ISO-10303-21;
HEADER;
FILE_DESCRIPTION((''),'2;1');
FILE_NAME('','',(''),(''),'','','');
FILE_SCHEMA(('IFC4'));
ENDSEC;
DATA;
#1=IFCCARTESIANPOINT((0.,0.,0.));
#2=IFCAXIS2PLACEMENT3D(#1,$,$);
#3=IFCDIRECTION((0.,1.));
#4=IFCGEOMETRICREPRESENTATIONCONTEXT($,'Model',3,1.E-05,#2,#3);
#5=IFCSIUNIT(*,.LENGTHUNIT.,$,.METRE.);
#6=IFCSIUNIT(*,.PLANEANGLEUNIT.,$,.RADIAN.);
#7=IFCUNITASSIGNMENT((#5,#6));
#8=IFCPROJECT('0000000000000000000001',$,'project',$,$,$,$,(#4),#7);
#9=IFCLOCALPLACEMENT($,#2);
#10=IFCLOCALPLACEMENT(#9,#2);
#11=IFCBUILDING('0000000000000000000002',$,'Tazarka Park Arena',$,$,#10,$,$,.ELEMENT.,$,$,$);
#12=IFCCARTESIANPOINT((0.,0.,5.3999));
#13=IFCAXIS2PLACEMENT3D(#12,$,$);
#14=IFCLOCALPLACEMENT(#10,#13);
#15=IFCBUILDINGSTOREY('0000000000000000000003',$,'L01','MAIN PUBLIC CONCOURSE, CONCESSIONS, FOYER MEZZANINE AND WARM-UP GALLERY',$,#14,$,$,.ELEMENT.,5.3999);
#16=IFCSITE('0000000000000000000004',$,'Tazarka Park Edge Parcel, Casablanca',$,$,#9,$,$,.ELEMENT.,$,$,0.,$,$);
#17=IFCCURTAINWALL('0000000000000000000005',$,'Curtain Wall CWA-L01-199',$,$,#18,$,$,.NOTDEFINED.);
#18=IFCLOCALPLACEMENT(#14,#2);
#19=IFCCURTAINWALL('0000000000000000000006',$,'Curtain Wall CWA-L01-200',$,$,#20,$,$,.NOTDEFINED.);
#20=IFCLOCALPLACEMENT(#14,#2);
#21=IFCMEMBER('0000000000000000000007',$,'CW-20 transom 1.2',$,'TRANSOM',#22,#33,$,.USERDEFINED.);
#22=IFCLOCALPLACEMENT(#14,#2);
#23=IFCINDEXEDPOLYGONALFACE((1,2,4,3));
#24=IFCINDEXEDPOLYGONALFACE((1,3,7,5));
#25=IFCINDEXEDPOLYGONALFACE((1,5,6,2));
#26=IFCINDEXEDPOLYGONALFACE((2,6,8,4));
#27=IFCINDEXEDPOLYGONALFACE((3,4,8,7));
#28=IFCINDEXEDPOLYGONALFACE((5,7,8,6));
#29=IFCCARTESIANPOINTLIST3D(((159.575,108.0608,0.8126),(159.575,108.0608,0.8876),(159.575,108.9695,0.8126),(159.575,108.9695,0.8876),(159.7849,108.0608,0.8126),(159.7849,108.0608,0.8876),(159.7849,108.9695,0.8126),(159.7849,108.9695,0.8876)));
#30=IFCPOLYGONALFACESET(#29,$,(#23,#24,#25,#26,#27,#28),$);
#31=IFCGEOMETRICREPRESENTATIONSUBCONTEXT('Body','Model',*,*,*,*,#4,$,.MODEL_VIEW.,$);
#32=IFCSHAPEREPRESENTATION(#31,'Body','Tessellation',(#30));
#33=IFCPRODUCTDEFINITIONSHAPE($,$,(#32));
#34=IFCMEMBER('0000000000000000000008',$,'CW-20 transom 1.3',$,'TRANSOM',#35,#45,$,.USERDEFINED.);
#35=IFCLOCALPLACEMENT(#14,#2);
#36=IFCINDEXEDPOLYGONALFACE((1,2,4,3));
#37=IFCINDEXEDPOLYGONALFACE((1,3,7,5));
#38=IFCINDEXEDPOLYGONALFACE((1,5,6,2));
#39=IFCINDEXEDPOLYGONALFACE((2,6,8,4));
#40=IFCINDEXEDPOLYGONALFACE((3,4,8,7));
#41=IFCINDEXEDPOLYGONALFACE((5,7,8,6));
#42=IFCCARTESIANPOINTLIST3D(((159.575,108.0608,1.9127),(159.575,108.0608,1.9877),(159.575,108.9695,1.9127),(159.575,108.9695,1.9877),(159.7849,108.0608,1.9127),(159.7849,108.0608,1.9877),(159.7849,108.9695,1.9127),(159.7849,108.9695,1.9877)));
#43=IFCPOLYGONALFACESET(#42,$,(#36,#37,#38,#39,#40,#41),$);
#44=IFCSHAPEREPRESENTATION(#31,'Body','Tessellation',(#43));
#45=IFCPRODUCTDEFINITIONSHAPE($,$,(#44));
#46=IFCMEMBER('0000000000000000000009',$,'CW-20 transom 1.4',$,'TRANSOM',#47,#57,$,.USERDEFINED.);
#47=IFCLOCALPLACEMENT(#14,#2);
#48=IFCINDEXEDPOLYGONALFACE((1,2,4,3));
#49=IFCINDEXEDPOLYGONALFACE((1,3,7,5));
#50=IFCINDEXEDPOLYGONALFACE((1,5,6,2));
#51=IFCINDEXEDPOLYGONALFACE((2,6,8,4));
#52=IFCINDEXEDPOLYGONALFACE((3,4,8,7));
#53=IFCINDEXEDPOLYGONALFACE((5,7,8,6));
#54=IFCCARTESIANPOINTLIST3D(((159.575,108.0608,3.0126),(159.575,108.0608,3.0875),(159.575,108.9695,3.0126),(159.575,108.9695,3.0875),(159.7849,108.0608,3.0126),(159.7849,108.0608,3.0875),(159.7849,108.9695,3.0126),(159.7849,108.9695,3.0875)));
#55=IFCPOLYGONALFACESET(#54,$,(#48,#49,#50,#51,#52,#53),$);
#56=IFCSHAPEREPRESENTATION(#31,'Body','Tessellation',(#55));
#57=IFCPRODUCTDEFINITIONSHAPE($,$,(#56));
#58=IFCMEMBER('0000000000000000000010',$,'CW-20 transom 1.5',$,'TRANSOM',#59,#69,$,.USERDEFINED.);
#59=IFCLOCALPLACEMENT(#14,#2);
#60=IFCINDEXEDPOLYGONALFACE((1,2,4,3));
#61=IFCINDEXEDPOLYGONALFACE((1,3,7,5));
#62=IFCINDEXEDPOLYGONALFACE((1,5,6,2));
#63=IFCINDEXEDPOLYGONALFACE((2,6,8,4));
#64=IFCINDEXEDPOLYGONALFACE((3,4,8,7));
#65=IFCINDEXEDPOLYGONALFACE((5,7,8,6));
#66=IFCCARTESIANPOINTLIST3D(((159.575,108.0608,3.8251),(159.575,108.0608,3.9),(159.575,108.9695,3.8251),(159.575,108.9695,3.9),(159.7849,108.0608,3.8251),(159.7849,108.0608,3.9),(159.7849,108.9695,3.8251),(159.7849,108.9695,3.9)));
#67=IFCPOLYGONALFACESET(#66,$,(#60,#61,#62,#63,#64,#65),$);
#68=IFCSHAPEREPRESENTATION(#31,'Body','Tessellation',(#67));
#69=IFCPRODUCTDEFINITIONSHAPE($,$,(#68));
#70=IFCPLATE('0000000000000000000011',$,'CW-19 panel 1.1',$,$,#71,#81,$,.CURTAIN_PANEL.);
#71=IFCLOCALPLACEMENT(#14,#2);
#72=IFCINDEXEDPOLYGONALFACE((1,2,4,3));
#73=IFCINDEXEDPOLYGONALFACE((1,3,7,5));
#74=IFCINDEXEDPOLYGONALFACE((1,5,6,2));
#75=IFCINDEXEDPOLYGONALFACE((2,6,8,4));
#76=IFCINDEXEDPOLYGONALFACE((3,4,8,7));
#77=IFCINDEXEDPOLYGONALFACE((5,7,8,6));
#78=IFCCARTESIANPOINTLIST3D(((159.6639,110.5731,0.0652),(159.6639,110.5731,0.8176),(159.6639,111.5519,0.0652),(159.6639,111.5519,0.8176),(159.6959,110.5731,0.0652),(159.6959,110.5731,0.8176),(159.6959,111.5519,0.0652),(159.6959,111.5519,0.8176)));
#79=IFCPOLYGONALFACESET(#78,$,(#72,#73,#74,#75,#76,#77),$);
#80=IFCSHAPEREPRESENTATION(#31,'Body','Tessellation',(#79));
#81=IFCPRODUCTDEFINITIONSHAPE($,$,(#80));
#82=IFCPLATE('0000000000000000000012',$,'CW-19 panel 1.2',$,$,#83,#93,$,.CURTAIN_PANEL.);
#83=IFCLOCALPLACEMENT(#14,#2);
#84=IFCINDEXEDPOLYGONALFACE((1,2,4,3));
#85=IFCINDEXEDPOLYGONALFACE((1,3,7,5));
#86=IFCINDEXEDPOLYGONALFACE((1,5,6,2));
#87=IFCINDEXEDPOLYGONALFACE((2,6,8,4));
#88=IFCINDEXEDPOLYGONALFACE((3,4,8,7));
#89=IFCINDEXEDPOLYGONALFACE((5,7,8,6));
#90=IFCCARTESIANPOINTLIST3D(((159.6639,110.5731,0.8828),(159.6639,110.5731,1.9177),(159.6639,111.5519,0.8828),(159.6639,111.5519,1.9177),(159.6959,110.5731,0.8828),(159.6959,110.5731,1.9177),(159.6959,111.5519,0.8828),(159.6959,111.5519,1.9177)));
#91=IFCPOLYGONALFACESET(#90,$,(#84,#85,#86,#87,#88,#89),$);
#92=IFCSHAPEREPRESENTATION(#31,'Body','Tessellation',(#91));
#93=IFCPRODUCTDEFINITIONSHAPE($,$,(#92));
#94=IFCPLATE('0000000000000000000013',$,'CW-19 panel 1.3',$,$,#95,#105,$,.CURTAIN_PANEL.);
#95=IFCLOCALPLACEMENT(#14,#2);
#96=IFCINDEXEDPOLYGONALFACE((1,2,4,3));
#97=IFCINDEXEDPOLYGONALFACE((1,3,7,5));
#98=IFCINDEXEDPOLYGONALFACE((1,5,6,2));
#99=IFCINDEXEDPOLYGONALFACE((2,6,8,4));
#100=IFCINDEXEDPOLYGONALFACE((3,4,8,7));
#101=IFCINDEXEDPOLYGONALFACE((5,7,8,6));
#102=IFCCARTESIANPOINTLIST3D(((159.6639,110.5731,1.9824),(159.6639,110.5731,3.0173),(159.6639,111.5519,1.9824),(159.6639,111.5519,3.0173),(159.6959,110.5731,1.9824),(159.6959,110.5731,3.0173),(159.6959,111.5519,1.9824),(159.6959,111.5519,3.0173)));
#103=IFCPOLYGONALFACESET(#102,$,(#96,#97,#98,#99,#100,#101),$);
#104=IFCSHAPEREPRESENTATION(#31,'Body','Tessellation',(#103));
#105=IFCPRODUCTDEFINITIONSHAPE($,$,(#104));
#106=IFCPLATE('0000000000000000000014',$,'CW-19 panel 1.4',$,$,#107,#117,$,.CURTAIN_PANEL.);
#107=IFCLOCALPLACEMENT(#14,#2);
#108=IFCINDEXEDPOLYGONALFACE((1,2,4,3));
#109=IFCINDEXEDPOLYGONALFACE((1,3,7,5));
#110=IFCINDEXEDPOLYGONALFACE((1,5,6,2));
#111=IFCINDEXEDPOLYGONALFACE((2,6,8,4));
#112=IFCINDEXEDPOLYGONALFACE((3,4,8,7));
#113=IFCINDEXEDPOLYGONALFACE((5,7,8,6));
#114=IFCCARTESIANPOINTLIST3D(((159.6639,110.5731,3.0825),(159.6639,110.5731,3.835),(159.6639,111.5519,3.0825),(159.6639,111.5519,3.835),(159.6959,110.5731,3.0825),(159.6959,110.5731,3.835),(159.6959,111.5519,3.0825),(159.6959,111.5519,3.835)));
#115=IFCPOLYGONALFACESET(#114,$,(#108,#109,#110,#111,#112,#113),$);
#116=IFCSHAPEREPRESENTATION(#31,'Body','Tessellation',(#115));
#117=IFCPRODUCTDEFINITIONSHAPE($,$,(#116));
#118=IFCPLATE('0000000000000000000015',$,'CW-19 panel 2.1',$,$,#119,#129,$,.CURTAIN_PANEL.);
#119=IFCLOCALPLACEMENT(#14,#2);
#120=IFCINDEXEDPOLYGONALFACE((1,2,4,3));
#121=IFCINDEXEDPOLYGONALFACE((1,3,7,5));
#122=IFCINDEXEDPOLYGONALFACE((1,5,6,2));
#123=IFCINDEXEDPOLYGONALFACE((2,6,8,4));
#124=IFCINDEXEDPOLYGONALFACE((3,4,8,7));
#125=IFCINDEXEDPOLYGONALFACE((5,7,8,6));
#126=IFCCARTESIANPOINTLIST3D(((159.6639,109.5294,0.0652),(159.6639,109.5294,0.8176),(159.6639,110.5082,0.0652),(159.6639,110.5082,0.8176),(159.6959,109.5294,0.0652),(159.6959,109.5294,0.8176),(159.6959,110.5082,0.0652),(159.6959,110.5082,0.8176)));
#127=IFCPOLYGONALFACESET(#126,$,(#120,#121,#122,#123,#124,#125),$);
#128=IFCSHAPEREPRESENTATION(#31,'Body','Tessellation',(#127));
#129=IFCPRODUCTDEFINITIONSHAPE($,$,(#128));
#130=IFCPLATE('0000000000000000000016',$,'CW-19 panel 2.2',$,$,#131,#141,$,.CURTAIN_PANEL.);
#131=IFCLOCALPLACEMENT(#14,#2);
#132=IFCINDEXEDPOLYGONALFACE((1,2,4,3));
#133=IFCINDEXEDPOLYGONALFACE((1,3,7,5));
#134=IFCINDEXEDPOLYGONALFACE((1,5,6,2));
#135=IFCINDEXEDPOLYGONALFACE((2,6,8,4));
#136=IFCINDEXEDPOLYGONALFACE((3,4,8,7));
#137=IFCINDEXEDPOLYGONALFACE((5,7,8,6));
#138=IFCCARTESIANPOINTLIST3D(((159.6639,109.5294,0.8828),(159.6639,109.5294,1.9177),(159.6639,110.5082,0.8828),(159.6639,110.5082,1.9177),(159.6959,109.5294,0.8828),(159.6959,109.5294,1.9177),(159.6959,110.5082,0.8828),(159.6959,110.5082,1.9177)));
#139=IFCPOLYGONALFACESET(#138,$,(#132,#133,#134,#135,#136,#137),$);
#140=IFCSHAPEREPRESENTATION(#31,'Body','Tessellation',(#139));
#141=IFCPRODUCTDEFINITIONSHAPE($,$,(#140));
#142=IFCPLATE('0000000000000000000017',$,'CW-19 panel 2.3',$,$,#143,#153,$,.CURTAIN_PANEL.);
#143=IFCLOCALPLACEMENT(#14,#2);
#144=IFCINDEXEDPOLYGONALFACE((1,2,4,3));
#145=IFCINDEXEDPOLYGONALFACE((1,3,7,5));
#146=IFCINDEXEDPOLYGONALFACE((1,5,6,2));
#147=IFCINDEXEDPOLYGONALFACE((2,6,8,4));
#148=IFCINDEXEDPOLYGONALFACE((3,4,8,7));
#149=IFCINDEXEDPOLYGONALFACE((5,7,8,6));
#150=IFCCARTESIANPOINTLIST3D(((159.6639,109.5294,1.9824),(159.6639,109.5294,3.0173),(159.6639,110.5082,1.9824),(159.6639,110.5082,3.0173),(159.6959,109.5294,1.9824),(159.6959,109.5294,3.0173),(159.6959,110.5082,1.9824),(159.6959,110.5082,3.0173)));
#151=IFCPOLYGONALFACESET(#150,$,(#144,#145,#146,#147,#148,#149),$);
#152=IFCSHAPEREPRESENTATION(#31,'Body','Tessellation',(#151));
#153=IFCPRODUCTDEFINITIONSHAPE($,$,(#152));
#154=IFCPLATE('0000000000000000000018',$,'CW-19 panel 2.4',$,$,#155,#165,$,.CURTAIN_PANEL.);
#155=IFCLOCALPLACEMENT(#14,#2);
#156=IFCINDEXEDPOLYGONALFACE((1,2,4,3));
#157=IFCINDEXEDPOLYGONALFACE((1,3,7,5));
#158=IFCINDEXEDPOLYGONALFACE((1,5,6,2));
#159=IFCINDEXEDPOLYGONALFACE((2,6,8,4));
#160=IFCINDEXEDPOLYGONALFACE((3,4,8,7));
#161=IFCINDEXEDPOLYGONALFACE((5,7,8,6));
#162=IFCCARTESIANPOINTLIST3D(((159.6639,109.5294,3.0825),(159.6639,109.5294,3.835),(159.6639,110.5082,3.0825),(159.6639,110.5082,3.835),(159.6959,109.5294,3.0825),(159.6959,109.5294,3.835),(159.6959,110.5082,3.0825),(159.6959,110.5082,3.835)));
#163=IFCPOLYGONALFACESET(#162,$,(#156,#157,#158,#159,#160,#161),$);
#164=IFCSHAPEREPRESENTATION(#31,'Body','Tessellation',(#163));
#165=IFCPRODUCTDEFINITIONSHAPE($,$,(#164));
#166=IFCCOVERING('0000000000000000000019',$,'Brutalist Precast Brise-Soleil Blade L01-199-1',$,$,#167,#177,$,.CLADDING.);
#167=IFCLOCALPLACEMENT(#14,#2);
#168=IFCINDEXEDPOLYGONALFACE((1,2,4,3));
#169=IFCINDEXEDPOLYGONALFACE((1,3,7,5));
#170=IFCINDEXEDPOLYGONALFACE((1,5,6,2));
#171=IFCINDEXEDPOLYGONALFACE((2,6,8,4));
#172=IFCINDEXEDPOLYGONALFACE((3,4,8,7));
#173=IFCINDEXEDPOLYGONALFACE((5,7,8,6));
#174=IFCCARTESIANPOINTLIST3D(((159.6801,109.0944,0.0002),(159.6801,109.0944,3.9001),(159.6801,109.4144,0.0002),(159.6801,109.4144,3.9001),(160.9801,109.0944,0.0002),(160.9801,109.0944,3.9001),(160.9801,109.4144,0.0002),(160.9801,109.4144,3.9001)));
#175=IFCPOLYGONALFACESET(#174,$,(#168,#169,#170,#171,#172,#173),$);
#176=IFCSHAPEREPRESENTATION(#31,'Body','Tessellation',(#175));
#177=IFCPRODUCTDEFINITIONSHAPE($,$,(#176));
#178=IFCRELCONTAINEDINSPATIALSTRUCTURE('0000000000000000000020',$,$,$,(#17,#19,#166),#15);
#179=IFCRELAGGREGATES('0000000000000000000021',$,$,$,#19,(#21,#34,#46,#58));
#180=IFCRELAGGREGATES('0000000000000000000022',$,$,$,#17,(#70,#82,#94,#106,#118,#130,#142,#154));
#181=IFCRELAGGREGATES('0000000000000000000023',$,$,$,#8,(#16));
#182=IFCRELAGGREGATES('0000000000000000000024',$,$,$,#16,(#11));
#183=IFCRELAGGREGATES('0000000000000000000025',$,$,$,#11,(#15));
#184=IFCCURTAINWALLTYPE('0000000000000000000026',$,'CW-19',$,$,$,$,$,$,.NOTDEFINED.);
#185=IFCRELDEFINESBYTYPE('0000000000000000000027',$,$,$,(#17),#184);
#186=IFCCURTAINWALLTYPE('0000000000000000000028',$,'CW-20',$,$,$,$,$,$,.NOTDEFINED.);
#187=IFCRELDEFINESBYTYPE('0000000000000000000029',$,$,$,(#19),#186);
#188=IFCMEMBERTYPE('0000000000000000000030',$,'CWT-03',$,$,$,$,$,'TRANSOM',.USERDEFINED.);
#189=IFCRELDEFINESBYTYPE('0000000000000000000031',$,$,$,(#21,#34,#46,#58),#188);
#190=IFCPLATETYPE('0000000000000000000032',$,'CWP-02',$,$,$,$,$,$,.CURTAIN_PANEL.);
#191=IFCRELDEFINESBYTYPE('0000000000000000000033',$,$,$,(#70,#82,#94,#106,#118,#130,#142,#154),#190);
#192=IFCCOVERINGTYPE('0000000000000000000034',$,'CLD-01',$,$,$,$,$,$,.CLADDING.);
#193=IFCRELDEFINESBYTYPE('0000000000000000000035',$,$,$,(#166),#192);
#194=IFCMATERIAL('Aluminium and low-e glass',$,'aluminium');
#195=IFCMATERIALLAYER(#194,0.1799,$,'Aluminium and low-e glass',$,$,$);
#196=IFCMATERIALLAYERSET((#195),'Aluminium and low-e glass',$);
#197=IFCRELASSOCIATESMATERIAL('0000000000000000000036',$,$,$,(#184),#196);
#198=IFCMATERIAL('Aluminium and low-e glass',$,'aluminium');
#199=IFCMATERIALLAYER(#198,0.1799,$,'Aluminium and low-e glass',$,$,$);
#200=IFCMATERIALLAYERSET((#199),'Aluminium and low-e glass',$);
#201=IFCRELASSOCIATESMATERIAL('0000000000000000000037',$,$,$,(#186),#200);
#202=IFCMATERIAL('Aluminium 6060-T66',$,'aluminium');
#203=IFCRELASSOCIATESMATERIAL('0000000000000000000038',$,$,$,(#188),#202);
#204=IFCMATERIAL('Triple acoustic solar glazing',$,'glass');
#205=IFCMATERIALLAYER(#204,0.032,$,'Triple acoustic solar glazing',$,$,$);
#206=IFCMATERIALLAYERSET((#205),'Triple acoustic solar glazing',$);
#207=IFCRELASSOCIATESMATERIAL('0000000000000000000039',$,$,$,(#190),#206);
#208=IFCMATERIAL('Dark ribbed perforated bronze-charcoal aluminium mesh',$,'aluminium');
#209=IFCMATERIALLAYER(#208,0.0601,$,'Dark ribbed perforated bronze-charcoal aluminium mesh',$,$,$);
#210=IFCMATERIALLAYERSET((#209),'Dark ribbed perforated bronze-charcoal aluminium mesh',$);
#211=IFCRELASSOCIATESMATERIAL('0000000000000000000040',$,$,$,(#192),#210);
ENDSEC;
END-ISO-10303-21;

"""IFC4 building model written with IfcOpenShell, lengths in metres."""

from ifc_helpers import new_model, si_unit, direction, frame, origin, origin_2d, place, context, subcontext, project, spatial, rectangle, extrude, material, layer, layer_set, material_profile, profile_set, type_object, element, aggregate, save


model = new_model("IFC4")

# Units and contexts
model_context = context("Model", 3, precision=1e-05, world=origin(), true_north=direction((0.0, 1.0)))
body_context = subcontext(model_context, "Body", "Model", "MODEL_VIEW")
ifc_project = project(units=[si_unit("LENGTHUNIT", "METRE"), si_unit("PLANEANGLEUNIT", "RADIAN")], contexts=[model_context])

# Site, building, storey
site_placement = place(None, origin())
site = spatial("IfcSite", under=ifc_project, at=site_placement, Name="Tazarka Park Edge Parcel, Casablanca", CompositionType="ELEMENT", RefElevation=0.0)
building_placement = place(site_placement, origin())
building = spatial("IfcBuilding", under=site, at=building_placement, Name="Tazarka Park Arena", CompositionType="ELEMENT")
storey_placement = place(building_placement, frame((0.0, 0.0, 5.3999)))
storey = spatial("IfcBuildingStorey", under=building, at=storey_placement, Name="L01", Description="MAIN PUBLIC CONCOURSE, CONCESSIONS, FOYER MEZZANINE AND WARM-UP GALLERY", CompositionType="ELEMENT", Elevation=5.3999)

# Curtain wall
ifc_material_1 = material(Name="Aluminium and low-e glass", Category="aluminium")
ifc_layer_1 = layer(ifc_material_1, 0.1799, Name="Aluminium and low-e glass")
ifc_layer_set_1 = layer_set([ifc_layer_1], Name="Aluminium and low-e glass")
curtain_wall_type_1 = type_object("IfcCurtainWallType", Name="CW-19", PredefinedType="NOTDEFINED", material=ifc_layer_set_1)
curtain_wall_1_placement = place(storey_placement, origin())
curtain_wall_1 = element("IfcCurtainWall", 1, at=curtain_wall_1_placement, inside=storey, type_object=curtain_wall_type_1, Name="Curtain Wall CWA-L01-199", PredefinedType="NOTDEFINED")

# Curtain wall
ifc_material_2 = material(Name="Aluminium and low-e glass", Category="aluminium")
ifc_layer_2 = layer(ifc_material_2, 0.1799, Name="Aluminium and low-e glass")
ifc_layer_set_2 = layer_set([ifc_layer_2], Name="Aluminium and low-e glass")
curtain_wall_type_2 = type_object("IfcCurtainWallType", Name="CW-20", PredefinedType="NOTDEFINED", material=ifc_layer_set_2)
curtain_wall_2_placement = place(storey_placement, origin())
curtain_wall_2 = element("IfcCurtainWall", 2, at=curtain_wall_2_placement, inside=storey, type_object=curtain_wall_type_2, Name="Curtain Wall CWA-L01-200", PredefinedType="NOTDEFINED")

# Members
ifc_material_3 = material(Name="Aluminium 6060-T66", Category="aluminium")
ifc_material_profile_1 = material_profile(ifc_material_3, rectangle(XDim=0.21, YDim=0.075, at=origin_2d()), Name="Aluminium 6060-T66")
ifc_profile_set_1 = profile_set([ifc_material_profile_1], Name="Aluminium 6060-T66")
member_type_1 = type_object("IfcMemberType", Name="CWT-03", ElementType="TRANSOM", PredefinedType="USERDEFINED", material=ifc_profile_set_1)
member_1_placement = place(storey_placement, frame((159.6799, 108.9695, 0.8501), z_axis=(0.0, -1.0, 0.0), x_axis=(1.0, 0.0, 0.0)))
member_1 = element("IfcMember", 3, at=member_1_placement, type_object=member_type_1, Name="CW-20 transom 1.2", ObjectType="TRANSOM", PredefinedType="USERDEFINED", context=body_context, shape_type="SweptSolid", body=[
    extrude(rectangle(XDim=0.21, YDim=0.075, at=origin_2d()), origin(), (0.0, 0.0, 1.0), 0.9087),
])
member_2_placement = place(storey_placement, frame((159.6799, 108.9695, 1.9502), z_axis=(0.0, -1.0, 0.0), x_axis=(1.0, 0.0, 0.0)))
member_2 = element("IfcMember", 4, at=member_2_placement, type_object=member_type_1, Name="CW-20 transom 1.3", ObjectType="TRANSOM", PredefinedType="USERDEFINED", context=body_context, shape_type="SweptSolid", body=[
    extrude(rectangle(XDim=0.21, YDim=0.075, at=origin_2d()), origin(), (0.0, 0.0, 1.0), 0.9087),
])
member_3_placement = place(storey_placement, frame((159.6799, 108.9695, 3.05), z_axis=(0.0, -1.0, 0.0), x_axis=(1.0, 0.0, 0.0)))
member_3 = element("IfcMember", 5, at=member_3_placement, type_object=member_type_1, Name="CW-20 transom 1.4", ObjectType="TRANSOM", PredefinedType="USERDEFINED", context=body_context, shape_type="SweptSolid", body=[
    extrude(rectangle(XDim=0.21, YDim=0.075, at=origin_2d()), origin(), (0.0, 0.0, 1.0), 0.9087),
])
member_4_placement = place(storey_placement, frame((159.6799, 108.9695, 3.8625), z_axis=(0.0, -1.0, 0.0), x_axis=(1.0, 0.0, 0.0)))
member_4 = element("IfcMember", 6, at=member_4_placement, type_object=member_type_1, Name="CW-20 transom 1.5", ObjectType="TRANSOM", PredefinedType="USERDEFINED", context=body_context, shape_type="SweptSolid", body=[
    extrude(rectangle(XDim=0.21, YDim=0.075, at=origin_2d()), origin(), (0.0, 0.0, 1.0), 0.9087),
])
aggregate(curtain_wall_2, [member_1, member_2, member_3, member_4])

# Plates
ifc_material_4 = material(Name="Triple acoustic solar glazing", Category="glass")
ifc_layer_3 = layer(ifc_material_4, 0.032, Name="Triple acoustic solar glazing")
ifc_layer_set_3 = layer_set([ifc_layer_3], Name="Triple acoustic solar glazing")
plate_type = type_object("IfcPlateType", Name="CWP-02", PredefinedType="CURTAIN_PANEL", material=ifc_layer_set_3)
plate_1_placement = place(storey_placement, frame((159.6799, 111.0625, 0.0652), z_axis=(0.0, 0.0, 1.0), x_axis=(0.0, -1.0, 0.0)))
plate_1 = element("IfcPlate", 7, at=plate_1_placement, type_object=plate_type, Name="CW-19 panel 1.1", PredefinedType="CURTAIN_PANEL", context=body_context, shape_type="SweptSolid", body=[
    extrude(rectangle(XDim=0.9788, YDim=0.032, at=origin_2d()), origin(), (0.0, 0.0, 1.0), 0.7524),
])
plate_2_placement = place(storey_placement, frame((159.6799, 111.0625, 0.8828), z_axis=(0.0, 0.0, 1.0), x_axis=(0.0, -1.0, 0.0)))
plate_2 = element("IfcPlate", 8, at=plate_2_placement, type_object=plate_type, Name="CW-19 panel 1.2", PredefinedType="CURTAIN_PANEL", context=body_context, shape_type="SweptSolid", body=[
    extrude(rectangle(XDim=0.9788, YDim=0.032, at=origin_2d()), origin(), (0.0, 0.0, 1.0), 1.0349),
])
plate_3_placement = place(storey_placement, frame((159.6799, 111.0625, 1.9824), z_axis=(0.0, 0.0, 1.0), x_axis=(0.0, -1.0, 0.0)))
plate_3 = element("IfcPlate", 9, at=plate_3_placement, type_object=plate_type, Name="CW-19 panel 1.3", PredefinedType="CURTAIN_PANEL", context=body_context, shape_type="SweptSolid", body=[
    extrude(rectangle(XDim=0.9788, YDim=0.032, at=origin_2d()), origin(), (0.0, 0.0, 1.0), 1.0349),
])
plate_4_placement = place(storey_placement, frame((159.6799, 111.0625, 3.0825), z_axis=(0.0, 0.0, 1.0), x_axis=(0.0, -1.0, 0.0)))
plate_4 = element("IfcPlate", 10, at=plate_4_placement, type_object=plate_type, Name="CW-19 panel 1.4", PredefinedType="CURTAIN_PANEL", context=body_context, shape_type="SweptSolid", body=[
    extrude(rectangle(XDim=0.9788, YDim=0.032, at=origin_2d()), origin(), (0.0, 0.0, 1.0), 0.7524),
])
plate_5_placement = place(storey_placement, frame((159.6799, 110.0188, 0.0652), z_axis=(0.0, 0.0, 1.0), x_axis=(0.0, -1.0, 0.0)))
plate_5 = element("IfcPlate", 11, at=plate_5_placement, type_object=plate_type, Name="CW-19 panel 2.1", PredefinedType="CURTAIN_PANEL", context=body_context, shape_type="SweptSolid", body=[
    extrude(rectangle(XDim=0.9788, YDim=0.032, at=origin_2d()), origin(), (0.0, 0.0, 1.0), 0.7524),
])
plate_6_placement = place(storey_placement, frame((159.6799, 110.0188, 0.8828), z_axis=(0.0, 0.0, 1.0), x_axis=(0.0, -1.0, 0.0)))
plate_6 = element("IfcPlate", 12, at=plate_6_placement, type_object=plate_type, Name="CW-19 panel 2.2", PredefinedType="CURTAIN_PANEL", context=body_context, shape_type="SweptSolid", body=[
    extrude(rectangle(XDim=0.9788, YDim=0.032, at=origin_2d()), origin(), (0.0, 0.0, 1.0), 1.0349),
])
plate_7_placement = place(storey_placement, frame((159.6799, 110.0188, 1.9824), z_axis=(0.0, 0.0, 1.0), x_axis=(0.0, -1.0, 0.0)))
plate_7 = element("IfcPlate", 13, at=plate_7_placement, type_object=plate_type, Name="CW-19 panel 2.3", PredefinedType="CURTAIN_PANEL", context=body_context, shape_type="SweptSolid", body=[
    extrude(rectangle(XDim=0.9788, YDim=0.032, at=origin_2d()), origin(), (0.0, 0.0, 1.0), 1.0349),
])
plate_8_placement = place(storey_placement, frame((159.6799, 110.0188, 3.0825), z_axis=(0.0, 0.0, 1.0), x_axis=(0.0, -1.0, 0.0)))
plate_8 = element("IfcPlate", 14, at=plate_8_placement, type_object=plate_type, Name="CW-19 panel 2.4", PredefinedType="CURTAIN_PANEL", context=body_context, shape_type="SweptSolid", body=[
    extrude(rectangle(XDim=0.9788, YDim=0.032, at=origin_2d()), origin(), (0.0, 0.0, 1.0), 0.7524),
])
aggregate(curtain_wall_1, [plate_1, plate_2, plate_3, plate_4, plate_5, plate_6, plate_7, plate_8])

# Covering
ifc_material_5 = material(Name="Dark ribbed perforated bronze-charcoal aluminium mesh", Category="aluminium")
ifc_layer_4 = layer(ifc_material_5, 0.0601, Name="Dark ribbed perforated bronze-charcoal aluminium mesh")
ifc_layer_set_4 = layer_set([ifc_layer_4], Name="Dark ribbed perforated bronze-charcoal aluminium mesh")
covering_type = type_object("IfcCoveringType", Name="CLD-01", PredefinedType="CLADDING", material=ifc_layer_set_4)
covering_placement = place(storey_placement, frame((160.3301, 109.2544, 0.0002), z_axis=(0.0, 0.0, 1.0), x_axis=(0.0, -1.0, 0.0)))
element("IfcCovering", 15, at=covering_placement, inside=storey, type_object=covering_type, Name="Brutalist Precast Brise-Soleil Blade L01-199-1", PredefinedType="CLADDING", context=body_context, shape_type="SweptSolid", body=[
    extrude(rectangle(XDim=0.3201, YDim=1.3, at=origin_2d()), origin(), (0.0, 0.0, 1.0), 3.8999),
])

save(model, "model.ifc")
